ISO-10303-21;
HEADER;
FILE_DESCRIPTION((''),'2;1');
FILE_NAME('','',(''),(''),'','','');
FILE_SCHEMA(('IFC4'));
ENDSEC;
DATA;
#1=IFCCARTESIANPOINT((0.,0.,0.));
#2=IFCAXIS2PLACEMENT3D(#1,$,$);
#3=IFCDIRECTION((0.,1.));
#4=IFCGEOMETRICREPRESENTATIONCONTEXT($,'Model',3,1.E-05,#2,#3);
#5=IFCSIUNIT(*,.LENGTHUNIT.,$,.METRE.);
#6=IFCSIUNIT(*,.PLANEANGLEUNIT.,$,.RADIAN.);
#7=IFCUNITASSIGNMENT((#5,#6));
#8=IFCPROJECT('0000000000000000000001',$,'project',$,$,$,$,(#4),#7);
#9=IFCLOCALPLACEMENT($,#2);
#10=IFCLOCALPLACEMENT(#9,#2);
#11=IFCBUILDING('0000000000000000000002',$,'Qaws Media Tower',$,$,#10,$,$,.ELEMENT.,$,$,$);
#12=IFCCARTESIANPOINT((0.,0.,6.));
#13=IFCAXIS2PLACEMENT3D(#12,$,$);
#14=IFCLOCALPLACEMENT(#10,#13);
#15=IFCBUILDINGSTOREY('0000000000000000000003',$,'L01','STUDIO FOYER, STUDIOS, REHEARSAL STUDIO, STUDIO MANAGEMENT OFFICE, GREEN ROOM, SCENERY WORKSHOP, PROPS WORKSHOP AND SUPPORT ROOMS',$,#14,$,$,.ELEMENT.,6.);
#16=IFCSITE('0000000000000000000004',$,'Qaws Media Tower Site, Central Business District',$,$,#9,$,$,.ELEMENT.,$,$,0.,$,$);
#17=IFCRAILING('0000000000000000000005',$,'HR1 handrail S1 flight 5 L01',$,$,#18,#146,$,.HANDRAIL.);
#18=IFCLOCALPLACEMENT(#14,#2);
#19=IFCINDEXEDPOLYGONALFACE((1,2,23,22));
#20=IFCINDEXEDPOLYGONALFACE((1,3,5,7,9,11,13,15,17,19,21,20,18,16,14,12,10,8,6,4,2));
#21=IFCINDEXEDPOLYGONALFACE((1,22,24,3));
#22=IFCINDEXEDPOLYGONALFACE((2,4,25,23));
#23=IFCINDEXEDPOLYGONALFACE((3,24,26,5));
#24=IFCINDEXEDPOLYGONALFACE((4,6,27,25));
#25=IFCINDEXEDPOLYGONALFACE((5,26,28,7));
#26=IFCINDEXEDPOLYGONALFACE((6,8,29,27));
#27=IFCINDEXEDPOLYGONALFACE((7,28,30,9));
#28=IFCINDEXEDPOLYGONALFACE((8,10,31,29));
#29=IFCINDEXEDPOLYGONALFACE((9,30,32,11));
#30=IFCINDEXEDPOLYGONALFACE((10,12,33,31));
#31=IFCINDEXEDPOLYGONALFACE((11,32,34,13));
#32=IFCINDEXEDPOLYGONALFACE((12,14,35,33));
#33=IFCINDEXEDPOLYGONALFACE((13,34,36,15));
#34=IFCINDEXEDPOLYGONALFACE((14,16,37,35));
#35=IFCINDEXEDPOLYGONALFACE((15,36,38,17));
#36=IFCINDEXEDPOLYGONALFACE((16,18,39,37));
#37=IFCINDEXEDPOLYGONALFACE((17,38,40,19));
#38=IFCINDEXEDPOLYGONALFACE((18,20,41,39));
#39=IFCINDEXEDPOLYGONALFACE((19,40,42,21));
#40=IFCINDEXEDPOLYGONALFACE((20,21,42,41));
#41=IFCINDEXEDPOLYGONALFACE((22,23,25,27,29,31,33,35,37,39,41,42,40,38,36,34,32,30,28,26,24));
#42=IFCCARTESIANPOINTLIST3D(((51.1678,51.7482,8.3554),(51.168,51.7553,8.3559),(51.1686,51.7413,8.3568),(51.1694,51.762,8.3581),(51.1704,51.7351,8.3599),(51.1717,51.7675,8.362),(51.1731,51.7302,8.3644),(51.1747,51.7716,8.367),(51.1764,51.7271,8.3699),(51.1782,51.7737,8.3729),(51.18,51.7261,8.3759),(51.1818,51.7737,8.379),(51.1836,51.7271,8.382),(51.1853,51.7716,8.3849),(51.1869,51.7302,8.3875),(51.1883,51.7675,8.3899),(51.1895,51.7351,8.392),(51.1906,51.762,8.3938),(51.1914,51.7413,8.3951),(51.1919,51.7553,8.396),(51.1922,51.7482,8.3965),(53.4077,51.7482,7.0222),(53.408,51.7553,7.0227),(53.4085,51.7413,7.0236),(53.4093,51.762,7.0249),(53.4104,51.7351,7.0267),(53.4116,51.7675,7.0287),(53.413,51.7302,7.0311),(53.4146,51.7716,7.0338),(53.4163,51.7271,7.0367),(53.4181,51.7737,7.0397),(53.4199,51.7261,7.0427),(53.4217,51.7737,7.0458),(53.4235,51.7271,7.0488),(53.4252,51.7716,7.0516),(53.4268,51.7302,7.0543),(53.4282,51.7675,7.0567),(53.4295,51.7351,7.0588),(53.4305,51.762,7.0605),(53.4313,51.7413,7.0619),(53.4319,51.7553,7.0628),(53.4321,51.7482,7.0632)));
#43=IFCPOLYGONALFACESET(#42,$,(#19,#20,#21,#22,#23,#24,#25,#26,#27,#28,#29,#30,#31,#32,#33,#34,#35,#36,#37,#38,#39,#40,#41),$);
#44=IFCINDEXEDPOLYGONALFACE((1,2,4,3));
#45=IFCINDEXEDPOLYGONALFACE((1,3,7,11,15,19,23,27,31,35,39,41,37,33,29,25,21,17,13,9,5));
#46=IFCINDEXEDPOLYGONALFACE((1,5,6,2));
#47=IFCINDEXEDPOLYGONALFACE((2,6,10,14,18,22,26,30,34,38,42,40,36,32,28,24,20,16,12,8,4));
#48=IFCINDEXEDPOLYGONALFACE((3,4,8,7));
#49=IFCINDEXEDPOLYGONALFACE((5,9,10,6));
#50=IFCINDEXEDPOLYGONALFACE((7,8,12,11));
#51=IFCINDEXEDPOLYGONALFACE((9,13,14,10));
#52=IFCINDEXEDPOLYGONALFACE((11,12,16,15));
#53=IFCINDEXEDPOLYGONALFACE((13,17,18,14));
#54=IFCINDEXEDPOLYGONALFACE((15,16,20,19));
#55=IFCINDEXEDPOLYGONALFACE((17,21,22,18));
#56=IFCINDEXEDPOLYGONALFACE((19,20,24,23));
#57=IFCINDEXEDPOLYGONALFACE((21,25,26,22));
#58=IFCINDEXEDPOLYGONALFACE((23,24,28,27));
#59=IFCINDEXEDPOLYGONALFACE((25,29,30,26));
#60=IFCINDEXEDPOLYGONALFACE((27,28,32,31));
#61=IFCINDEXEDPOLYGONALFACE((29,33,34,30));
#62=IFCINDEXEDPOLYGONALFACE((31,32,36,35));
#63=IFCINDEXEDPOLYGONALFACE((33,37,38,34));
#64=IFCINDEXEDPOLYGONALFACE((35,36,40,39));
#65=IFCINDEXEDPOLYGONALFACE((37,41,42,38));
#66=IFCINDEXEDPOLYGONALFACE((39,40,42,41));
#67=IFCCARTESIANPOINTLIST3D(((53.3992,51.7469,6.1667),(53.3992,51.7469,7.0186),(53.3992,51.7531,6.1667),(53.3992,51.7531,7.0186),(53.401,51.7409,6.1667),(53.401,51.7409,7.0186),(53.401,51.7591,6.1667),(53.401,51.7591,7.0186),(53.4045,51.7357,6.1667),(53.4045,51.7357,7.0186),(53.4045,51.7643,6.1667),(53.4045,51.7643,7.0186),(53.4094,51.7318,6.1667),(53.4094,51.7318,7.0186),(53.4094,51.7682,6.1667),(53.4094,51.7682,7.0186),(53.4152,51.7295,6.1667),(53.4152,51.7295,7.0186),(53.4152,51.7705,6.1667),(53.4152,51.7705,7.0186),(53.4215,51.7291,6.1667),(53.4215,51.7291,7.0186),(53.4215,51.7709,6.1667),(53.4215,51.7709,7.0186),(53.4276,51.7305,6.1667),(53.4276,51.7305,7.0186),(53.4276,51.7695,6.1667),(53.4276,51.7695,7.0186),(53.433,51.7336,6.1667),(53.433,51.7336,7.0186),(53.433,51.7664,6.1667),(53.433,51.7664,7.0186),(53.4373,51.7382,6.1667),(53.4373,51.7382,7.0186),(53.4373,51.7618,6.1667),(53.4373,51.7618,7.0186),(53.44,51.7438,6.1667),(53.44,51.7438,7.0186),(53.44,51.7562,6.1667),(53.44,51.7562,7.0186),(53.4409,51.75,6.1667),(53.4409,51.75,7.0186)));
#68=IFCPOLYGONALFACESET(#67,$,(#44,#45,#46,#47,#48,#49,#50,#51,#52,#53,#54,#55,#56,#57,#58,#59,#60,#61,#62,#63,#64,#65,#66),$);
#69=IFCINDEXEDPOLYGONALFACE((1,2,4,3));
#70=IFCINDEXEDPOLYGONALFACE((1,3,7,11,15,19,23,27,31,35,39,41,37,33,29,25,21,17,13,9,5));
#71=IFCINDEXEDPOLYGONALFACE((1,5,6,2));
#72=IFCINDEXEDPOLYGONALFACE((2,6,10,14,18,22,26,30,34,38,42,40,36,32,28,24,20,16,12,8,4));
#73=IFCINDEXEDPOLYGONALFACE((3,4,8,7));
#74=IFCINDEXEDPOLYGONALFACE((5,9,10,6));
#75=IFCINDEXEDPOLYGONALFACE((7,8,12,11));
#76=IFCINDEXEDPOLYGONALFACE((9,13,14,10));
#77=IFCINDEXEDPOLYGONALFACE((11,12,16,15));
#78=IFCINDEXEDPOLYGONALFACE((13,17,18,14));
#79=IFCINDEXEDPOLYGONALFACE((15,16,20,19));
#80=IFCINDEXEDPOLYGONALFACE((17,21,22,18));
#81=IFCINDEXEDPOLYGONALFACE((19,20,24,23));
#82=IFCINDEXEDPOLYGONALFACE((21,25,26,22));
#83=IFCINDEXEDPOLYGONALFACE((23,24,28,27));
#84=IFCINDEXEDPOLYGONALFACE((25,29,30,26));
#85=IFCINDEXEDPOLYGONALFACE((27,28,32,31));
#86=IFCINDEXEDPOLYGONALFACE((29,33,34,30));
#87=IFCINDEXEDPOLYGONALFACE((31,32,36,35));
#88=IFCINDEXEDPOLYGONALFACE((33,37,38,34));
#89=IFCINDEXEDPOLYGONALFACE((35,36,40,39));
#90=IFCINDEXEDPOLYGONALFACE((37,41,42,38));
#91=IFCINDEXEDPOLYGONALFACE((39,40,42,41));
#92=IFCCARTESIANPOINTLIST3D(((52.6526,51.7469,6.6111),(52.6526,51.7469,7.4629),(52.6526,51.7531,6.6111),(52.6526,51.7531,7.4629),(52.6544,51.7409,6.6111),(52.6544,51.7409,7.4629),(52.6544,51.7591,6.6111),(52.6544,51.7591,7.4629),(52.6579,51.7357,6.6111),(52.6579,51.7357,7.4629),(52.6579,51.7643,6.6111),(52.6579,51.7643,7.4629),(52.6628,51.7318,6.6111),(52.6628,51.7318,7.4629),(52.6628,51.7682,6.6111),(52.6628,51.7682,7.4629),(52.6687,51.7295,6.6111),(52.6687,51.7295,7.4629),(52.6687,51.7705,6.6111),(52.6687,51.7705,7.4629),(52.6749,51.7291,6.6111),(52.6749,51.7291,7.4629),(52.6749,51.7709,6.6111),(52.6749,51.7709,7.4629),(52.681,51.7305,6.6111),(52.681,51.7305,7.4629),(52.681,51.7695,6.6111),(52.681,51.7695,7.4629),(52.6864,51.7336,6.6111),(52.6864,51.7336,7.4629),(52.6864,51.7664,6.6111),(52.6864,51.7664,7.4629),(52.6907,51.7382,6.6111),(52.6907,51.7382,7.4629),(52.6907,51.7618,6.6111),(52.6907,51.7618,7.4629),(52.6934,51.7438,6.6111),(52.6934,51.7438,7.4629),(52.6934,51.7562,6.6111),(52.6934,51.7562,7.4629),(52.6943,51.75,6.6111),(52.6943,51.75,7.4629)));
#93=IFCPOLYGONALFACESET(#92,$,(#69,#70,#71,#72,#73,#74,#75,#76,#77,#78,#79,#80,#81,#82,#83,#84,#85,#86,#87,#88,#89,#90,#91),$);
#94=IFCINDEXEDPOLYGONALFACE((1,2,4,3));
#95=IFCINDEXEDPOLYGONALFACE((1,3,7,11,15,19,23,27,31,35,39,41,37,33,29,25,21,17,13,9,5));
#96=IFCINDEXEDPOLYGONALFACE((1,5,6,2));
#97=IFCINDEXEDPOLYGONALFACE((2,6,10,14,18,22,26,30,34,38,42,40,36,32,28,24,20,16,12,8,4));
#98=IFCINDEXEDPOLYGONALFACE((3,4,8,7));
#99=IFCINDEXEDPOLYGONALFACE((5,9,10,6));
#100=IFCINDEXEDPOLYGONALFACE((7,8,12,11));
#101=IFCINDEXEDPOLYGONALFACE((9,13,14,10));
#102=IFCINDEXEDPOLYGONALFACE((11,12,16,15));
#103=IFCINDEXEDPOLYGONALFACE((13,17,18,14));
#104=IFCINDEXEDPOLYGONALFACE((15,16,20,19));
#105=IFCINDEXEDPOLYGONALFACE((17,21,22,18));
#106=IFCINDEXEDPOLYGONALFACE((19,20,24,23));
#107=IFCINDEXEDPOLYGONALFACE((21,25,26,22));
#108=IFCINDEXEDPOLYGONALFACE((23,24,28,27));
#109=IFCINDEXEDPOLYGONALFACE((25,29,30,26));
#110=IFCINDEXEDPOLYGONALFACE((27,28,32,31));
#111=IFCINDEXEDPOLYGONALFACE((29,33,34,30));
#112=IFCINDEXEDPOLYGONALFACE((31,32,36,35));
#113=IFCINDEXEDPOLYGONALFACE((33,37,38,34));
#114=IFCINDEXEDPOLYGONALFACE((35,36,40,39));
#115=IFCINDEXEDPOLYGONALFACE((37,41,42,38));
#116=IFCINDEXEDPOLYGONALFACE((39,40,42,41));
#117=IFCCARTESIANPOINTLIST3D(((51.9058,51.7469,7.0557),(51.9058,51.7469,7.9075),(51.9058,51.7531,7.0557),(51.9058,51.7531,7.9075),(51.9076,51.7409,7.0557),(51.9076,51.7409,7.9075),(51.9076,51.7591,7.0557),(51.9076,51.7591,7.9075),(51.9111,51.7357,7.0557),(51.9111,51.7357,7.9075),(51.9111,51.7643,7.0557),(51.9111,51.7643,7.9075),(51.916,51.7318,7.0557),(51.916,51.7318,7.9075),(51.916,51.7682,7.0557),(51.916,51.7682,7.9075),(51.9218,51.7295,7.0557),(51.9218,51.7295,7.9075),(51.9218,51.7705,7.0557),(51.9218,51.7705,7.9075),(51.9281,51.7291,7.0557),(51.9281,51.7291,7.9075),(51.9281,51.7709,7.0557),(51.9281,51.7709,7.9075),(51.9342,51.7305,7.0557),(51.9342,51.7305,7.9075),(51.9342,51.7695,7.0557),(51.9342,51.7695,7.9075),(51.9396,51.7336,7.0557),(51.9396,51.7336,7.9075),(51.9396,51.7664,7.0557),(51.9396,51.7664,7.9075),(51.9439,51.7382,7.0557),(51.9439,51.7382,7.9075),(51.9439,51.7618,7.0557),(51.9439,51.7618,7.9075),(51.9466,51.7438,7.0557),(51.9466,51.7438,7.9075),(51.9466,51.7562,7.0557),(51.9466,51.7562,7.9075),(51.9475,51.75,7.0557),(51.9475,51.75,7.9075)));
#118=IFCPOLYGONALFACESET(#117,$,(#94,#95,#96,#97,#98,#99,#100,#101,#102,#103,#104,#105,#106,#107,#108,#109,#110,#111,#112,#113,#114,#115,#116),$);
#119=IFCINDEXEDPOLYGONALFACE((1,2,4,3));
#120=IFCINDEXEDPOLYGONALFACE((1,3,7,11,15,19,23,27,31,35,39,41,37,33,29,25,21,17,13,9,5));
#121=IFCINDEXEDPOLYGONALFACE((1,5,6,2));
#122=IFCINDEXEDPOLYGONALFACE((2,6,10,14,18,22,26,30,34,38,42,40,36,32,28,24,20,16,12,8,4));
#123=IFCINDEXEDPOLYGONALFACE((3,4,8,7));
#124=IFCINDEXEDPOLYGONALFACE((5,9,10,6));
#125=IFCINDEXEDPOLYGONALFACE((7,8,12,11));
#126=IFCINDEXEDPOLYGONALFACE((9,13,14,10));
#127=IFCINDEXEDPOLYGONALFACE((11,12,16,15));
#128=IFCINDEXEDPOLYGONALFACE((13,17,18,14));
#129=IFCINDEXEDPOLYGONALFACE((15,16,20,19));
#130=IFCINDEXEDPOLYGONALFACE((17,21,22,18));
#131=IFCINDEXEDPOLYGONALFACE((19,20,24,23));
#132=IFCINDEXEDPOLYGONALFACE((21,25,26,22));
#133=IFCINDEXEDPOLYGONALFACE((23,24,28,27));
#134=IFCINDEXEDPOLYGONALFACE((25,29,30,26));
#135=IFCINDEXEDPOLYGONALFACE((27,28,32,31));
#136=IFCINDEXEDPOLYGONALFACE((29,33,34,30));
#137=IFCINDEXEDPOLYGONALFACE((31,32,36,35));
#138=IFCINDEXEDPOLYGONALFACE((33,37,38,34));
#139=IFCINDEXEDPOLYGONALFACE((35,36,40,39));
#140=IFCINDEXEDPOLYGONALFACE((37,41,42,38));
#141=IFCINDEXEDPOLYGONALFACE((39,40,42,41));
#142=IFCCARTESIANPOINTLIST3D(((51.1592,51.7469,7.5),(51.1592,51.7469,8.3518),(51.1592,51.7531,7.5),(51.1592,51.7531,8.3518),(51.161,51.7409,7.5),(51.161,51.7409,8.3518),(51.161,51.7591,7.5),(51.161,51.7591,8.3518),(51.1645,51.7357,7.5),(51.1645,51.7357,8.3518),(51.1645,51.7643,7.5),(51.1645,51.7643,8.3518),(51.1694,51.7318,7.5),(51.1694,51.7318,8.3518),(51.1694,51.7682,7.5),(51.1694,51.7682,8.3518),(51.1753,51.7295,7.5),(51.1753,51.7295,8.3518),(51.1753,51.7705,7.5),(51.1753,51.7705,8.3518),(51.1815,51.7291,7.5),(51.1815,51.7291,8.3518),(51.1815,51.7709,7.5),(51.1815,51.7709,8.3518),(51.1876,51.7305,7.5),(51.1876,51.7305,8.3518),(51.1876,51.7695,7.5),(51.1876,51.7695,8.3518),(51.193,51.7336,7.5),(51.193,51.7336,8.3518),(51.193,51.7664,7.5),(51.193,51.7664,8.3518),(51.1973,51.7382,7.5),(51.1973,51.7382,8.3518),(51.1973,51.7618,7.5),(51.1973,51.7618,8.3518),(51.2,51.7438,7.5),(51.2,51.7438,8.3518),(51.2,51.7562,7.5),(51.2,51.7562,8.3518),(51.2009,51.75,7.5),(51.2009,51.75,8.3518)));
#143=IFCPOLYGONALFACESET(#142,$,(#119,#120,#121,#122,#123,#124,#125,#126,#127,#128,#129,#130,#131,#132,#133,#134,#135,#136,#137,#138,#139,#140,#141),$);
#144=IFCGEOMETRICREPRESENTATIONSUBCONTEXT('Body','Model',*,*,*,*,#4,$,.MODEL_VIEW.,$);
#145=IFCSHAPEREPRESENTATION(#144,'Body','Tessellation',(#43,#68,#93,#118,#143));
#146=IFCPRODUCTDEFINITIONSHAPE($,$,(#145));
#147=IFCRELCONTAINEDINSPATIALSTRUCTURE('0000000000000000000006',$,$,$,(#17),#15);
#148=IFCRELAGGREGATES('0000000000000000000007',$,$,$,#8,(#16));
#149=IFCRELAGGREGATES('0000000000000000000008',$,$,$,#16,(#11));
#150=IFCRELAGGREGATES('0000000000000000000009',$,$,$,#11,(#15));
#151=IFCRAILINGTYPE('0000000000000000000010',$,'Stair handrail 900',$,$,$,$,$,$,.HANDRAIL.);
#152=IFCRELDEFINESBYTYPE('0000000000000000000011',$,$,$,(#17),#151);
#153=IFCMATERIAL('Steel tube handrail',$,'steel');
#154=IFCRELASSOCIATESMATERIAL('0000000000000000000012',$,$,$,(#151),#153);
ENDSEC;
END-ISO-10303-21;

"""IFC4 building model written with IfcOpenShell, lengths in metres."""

from ifc_helpers import new_model, si_unit, direction, frame, origin, origin_2d, place, context, subcontext, project, spatial, circle, extrude, material, type_object, element, save


model = new_model("IFC4")

# Units and contexts
model_context = context("Model", 3, precision=1e-05, world=origin(), true_north=direction((0.0, 1.0)))
body_context = subcontext(model_context, "Body", "Model", "MODEL_VIEW")
ifc_project = project(units=[si_unit("LENGTHUNIT", "METRE"), si_unit("PLANEANGLEUNIT", "RADIAN")], contexts=[model_context])

# Site, building, storey
site_placement = place(None, origin())
site = spatial("IfcSite", under=ifc_project, at=site_placement, Name="Qaws Media Tower Site, Central Business District", CompositionType="ELEMENT", RefElevation=0.0)
building_placement = place(site_placement, origin())
building = spatial("IfcBuilding", under=site, at=building_placement, Name="Qaws Media Tower", CompositionType="ELEMENT")
storey_placement = place(building_placement, frame((0.0, 0.0, 6.0)))
storey = spatial("IfcBuildingStorey", under=building, at=storey_placement, Name="L01", Description="STUDIO FOYER, STUDIOS, REHEARSAL STUDIO, STUDIO MANAGEMENT OFFICE, GREEN ROOM, SCENERY WORKSHOP, PROPS WORKSHOP AND SUPPORT ROOMS", CompositionType="ELEMENT", Elevation=6.0)

# Railing
ifc_material_1 = material(Name="Steel tube handrail", Category="steel")
railing_type = type_object("IfcRailingType", Name="Stair handrail 900", PredefinedType="HANDRAIL", material=ifc_material_1)
for number, where, name in (
    (1, (53.4199, 51.75, 6.1667), "HR1 handrail S1 flight 5 L01"),
):
    element("IfcRailing", number, at=place(storey_placement, frame(where)), inside=storey, type_object=railing_type, Name=name, PredefinedType="HANDRAIL", context=body_context, shape_type="SweptSolid", body=[
        extrude(circle(Radius=0.0239, at=origin_2d()), frame((0.0, 0.0, 0.876), z_axis=(-0.859306, 0.0, 0.511462), x_axis=(0.0, -1.0, 0.0)), (0.0, 0.0, 1.0), 2.6067),
        extrude(circle(Radius=0.021, at=origin_2d()), origin(), (0.0, 0.0, 1.0), 0.8518),
        extrude(circle(Radius=0.021, at=origin_2d()), frame((-0.7466, 0.0, 0.4443)), (0.0, 0.0, 1.0), 0.8518),
        extrude(circle(Radius=0.021, at=origin_2d()), frame((-1.4934, 0.0, 0.8889)), (0.0, 0.0, 1.0), 0.8518),
        extrude(circle(Radius=0.021, at=origin_2d()), frame((-2.24, 0.0, 1.3333)), (0.0, 0.0, 1.0), 0.8518),
    ])

save(model, "model.ifc")
